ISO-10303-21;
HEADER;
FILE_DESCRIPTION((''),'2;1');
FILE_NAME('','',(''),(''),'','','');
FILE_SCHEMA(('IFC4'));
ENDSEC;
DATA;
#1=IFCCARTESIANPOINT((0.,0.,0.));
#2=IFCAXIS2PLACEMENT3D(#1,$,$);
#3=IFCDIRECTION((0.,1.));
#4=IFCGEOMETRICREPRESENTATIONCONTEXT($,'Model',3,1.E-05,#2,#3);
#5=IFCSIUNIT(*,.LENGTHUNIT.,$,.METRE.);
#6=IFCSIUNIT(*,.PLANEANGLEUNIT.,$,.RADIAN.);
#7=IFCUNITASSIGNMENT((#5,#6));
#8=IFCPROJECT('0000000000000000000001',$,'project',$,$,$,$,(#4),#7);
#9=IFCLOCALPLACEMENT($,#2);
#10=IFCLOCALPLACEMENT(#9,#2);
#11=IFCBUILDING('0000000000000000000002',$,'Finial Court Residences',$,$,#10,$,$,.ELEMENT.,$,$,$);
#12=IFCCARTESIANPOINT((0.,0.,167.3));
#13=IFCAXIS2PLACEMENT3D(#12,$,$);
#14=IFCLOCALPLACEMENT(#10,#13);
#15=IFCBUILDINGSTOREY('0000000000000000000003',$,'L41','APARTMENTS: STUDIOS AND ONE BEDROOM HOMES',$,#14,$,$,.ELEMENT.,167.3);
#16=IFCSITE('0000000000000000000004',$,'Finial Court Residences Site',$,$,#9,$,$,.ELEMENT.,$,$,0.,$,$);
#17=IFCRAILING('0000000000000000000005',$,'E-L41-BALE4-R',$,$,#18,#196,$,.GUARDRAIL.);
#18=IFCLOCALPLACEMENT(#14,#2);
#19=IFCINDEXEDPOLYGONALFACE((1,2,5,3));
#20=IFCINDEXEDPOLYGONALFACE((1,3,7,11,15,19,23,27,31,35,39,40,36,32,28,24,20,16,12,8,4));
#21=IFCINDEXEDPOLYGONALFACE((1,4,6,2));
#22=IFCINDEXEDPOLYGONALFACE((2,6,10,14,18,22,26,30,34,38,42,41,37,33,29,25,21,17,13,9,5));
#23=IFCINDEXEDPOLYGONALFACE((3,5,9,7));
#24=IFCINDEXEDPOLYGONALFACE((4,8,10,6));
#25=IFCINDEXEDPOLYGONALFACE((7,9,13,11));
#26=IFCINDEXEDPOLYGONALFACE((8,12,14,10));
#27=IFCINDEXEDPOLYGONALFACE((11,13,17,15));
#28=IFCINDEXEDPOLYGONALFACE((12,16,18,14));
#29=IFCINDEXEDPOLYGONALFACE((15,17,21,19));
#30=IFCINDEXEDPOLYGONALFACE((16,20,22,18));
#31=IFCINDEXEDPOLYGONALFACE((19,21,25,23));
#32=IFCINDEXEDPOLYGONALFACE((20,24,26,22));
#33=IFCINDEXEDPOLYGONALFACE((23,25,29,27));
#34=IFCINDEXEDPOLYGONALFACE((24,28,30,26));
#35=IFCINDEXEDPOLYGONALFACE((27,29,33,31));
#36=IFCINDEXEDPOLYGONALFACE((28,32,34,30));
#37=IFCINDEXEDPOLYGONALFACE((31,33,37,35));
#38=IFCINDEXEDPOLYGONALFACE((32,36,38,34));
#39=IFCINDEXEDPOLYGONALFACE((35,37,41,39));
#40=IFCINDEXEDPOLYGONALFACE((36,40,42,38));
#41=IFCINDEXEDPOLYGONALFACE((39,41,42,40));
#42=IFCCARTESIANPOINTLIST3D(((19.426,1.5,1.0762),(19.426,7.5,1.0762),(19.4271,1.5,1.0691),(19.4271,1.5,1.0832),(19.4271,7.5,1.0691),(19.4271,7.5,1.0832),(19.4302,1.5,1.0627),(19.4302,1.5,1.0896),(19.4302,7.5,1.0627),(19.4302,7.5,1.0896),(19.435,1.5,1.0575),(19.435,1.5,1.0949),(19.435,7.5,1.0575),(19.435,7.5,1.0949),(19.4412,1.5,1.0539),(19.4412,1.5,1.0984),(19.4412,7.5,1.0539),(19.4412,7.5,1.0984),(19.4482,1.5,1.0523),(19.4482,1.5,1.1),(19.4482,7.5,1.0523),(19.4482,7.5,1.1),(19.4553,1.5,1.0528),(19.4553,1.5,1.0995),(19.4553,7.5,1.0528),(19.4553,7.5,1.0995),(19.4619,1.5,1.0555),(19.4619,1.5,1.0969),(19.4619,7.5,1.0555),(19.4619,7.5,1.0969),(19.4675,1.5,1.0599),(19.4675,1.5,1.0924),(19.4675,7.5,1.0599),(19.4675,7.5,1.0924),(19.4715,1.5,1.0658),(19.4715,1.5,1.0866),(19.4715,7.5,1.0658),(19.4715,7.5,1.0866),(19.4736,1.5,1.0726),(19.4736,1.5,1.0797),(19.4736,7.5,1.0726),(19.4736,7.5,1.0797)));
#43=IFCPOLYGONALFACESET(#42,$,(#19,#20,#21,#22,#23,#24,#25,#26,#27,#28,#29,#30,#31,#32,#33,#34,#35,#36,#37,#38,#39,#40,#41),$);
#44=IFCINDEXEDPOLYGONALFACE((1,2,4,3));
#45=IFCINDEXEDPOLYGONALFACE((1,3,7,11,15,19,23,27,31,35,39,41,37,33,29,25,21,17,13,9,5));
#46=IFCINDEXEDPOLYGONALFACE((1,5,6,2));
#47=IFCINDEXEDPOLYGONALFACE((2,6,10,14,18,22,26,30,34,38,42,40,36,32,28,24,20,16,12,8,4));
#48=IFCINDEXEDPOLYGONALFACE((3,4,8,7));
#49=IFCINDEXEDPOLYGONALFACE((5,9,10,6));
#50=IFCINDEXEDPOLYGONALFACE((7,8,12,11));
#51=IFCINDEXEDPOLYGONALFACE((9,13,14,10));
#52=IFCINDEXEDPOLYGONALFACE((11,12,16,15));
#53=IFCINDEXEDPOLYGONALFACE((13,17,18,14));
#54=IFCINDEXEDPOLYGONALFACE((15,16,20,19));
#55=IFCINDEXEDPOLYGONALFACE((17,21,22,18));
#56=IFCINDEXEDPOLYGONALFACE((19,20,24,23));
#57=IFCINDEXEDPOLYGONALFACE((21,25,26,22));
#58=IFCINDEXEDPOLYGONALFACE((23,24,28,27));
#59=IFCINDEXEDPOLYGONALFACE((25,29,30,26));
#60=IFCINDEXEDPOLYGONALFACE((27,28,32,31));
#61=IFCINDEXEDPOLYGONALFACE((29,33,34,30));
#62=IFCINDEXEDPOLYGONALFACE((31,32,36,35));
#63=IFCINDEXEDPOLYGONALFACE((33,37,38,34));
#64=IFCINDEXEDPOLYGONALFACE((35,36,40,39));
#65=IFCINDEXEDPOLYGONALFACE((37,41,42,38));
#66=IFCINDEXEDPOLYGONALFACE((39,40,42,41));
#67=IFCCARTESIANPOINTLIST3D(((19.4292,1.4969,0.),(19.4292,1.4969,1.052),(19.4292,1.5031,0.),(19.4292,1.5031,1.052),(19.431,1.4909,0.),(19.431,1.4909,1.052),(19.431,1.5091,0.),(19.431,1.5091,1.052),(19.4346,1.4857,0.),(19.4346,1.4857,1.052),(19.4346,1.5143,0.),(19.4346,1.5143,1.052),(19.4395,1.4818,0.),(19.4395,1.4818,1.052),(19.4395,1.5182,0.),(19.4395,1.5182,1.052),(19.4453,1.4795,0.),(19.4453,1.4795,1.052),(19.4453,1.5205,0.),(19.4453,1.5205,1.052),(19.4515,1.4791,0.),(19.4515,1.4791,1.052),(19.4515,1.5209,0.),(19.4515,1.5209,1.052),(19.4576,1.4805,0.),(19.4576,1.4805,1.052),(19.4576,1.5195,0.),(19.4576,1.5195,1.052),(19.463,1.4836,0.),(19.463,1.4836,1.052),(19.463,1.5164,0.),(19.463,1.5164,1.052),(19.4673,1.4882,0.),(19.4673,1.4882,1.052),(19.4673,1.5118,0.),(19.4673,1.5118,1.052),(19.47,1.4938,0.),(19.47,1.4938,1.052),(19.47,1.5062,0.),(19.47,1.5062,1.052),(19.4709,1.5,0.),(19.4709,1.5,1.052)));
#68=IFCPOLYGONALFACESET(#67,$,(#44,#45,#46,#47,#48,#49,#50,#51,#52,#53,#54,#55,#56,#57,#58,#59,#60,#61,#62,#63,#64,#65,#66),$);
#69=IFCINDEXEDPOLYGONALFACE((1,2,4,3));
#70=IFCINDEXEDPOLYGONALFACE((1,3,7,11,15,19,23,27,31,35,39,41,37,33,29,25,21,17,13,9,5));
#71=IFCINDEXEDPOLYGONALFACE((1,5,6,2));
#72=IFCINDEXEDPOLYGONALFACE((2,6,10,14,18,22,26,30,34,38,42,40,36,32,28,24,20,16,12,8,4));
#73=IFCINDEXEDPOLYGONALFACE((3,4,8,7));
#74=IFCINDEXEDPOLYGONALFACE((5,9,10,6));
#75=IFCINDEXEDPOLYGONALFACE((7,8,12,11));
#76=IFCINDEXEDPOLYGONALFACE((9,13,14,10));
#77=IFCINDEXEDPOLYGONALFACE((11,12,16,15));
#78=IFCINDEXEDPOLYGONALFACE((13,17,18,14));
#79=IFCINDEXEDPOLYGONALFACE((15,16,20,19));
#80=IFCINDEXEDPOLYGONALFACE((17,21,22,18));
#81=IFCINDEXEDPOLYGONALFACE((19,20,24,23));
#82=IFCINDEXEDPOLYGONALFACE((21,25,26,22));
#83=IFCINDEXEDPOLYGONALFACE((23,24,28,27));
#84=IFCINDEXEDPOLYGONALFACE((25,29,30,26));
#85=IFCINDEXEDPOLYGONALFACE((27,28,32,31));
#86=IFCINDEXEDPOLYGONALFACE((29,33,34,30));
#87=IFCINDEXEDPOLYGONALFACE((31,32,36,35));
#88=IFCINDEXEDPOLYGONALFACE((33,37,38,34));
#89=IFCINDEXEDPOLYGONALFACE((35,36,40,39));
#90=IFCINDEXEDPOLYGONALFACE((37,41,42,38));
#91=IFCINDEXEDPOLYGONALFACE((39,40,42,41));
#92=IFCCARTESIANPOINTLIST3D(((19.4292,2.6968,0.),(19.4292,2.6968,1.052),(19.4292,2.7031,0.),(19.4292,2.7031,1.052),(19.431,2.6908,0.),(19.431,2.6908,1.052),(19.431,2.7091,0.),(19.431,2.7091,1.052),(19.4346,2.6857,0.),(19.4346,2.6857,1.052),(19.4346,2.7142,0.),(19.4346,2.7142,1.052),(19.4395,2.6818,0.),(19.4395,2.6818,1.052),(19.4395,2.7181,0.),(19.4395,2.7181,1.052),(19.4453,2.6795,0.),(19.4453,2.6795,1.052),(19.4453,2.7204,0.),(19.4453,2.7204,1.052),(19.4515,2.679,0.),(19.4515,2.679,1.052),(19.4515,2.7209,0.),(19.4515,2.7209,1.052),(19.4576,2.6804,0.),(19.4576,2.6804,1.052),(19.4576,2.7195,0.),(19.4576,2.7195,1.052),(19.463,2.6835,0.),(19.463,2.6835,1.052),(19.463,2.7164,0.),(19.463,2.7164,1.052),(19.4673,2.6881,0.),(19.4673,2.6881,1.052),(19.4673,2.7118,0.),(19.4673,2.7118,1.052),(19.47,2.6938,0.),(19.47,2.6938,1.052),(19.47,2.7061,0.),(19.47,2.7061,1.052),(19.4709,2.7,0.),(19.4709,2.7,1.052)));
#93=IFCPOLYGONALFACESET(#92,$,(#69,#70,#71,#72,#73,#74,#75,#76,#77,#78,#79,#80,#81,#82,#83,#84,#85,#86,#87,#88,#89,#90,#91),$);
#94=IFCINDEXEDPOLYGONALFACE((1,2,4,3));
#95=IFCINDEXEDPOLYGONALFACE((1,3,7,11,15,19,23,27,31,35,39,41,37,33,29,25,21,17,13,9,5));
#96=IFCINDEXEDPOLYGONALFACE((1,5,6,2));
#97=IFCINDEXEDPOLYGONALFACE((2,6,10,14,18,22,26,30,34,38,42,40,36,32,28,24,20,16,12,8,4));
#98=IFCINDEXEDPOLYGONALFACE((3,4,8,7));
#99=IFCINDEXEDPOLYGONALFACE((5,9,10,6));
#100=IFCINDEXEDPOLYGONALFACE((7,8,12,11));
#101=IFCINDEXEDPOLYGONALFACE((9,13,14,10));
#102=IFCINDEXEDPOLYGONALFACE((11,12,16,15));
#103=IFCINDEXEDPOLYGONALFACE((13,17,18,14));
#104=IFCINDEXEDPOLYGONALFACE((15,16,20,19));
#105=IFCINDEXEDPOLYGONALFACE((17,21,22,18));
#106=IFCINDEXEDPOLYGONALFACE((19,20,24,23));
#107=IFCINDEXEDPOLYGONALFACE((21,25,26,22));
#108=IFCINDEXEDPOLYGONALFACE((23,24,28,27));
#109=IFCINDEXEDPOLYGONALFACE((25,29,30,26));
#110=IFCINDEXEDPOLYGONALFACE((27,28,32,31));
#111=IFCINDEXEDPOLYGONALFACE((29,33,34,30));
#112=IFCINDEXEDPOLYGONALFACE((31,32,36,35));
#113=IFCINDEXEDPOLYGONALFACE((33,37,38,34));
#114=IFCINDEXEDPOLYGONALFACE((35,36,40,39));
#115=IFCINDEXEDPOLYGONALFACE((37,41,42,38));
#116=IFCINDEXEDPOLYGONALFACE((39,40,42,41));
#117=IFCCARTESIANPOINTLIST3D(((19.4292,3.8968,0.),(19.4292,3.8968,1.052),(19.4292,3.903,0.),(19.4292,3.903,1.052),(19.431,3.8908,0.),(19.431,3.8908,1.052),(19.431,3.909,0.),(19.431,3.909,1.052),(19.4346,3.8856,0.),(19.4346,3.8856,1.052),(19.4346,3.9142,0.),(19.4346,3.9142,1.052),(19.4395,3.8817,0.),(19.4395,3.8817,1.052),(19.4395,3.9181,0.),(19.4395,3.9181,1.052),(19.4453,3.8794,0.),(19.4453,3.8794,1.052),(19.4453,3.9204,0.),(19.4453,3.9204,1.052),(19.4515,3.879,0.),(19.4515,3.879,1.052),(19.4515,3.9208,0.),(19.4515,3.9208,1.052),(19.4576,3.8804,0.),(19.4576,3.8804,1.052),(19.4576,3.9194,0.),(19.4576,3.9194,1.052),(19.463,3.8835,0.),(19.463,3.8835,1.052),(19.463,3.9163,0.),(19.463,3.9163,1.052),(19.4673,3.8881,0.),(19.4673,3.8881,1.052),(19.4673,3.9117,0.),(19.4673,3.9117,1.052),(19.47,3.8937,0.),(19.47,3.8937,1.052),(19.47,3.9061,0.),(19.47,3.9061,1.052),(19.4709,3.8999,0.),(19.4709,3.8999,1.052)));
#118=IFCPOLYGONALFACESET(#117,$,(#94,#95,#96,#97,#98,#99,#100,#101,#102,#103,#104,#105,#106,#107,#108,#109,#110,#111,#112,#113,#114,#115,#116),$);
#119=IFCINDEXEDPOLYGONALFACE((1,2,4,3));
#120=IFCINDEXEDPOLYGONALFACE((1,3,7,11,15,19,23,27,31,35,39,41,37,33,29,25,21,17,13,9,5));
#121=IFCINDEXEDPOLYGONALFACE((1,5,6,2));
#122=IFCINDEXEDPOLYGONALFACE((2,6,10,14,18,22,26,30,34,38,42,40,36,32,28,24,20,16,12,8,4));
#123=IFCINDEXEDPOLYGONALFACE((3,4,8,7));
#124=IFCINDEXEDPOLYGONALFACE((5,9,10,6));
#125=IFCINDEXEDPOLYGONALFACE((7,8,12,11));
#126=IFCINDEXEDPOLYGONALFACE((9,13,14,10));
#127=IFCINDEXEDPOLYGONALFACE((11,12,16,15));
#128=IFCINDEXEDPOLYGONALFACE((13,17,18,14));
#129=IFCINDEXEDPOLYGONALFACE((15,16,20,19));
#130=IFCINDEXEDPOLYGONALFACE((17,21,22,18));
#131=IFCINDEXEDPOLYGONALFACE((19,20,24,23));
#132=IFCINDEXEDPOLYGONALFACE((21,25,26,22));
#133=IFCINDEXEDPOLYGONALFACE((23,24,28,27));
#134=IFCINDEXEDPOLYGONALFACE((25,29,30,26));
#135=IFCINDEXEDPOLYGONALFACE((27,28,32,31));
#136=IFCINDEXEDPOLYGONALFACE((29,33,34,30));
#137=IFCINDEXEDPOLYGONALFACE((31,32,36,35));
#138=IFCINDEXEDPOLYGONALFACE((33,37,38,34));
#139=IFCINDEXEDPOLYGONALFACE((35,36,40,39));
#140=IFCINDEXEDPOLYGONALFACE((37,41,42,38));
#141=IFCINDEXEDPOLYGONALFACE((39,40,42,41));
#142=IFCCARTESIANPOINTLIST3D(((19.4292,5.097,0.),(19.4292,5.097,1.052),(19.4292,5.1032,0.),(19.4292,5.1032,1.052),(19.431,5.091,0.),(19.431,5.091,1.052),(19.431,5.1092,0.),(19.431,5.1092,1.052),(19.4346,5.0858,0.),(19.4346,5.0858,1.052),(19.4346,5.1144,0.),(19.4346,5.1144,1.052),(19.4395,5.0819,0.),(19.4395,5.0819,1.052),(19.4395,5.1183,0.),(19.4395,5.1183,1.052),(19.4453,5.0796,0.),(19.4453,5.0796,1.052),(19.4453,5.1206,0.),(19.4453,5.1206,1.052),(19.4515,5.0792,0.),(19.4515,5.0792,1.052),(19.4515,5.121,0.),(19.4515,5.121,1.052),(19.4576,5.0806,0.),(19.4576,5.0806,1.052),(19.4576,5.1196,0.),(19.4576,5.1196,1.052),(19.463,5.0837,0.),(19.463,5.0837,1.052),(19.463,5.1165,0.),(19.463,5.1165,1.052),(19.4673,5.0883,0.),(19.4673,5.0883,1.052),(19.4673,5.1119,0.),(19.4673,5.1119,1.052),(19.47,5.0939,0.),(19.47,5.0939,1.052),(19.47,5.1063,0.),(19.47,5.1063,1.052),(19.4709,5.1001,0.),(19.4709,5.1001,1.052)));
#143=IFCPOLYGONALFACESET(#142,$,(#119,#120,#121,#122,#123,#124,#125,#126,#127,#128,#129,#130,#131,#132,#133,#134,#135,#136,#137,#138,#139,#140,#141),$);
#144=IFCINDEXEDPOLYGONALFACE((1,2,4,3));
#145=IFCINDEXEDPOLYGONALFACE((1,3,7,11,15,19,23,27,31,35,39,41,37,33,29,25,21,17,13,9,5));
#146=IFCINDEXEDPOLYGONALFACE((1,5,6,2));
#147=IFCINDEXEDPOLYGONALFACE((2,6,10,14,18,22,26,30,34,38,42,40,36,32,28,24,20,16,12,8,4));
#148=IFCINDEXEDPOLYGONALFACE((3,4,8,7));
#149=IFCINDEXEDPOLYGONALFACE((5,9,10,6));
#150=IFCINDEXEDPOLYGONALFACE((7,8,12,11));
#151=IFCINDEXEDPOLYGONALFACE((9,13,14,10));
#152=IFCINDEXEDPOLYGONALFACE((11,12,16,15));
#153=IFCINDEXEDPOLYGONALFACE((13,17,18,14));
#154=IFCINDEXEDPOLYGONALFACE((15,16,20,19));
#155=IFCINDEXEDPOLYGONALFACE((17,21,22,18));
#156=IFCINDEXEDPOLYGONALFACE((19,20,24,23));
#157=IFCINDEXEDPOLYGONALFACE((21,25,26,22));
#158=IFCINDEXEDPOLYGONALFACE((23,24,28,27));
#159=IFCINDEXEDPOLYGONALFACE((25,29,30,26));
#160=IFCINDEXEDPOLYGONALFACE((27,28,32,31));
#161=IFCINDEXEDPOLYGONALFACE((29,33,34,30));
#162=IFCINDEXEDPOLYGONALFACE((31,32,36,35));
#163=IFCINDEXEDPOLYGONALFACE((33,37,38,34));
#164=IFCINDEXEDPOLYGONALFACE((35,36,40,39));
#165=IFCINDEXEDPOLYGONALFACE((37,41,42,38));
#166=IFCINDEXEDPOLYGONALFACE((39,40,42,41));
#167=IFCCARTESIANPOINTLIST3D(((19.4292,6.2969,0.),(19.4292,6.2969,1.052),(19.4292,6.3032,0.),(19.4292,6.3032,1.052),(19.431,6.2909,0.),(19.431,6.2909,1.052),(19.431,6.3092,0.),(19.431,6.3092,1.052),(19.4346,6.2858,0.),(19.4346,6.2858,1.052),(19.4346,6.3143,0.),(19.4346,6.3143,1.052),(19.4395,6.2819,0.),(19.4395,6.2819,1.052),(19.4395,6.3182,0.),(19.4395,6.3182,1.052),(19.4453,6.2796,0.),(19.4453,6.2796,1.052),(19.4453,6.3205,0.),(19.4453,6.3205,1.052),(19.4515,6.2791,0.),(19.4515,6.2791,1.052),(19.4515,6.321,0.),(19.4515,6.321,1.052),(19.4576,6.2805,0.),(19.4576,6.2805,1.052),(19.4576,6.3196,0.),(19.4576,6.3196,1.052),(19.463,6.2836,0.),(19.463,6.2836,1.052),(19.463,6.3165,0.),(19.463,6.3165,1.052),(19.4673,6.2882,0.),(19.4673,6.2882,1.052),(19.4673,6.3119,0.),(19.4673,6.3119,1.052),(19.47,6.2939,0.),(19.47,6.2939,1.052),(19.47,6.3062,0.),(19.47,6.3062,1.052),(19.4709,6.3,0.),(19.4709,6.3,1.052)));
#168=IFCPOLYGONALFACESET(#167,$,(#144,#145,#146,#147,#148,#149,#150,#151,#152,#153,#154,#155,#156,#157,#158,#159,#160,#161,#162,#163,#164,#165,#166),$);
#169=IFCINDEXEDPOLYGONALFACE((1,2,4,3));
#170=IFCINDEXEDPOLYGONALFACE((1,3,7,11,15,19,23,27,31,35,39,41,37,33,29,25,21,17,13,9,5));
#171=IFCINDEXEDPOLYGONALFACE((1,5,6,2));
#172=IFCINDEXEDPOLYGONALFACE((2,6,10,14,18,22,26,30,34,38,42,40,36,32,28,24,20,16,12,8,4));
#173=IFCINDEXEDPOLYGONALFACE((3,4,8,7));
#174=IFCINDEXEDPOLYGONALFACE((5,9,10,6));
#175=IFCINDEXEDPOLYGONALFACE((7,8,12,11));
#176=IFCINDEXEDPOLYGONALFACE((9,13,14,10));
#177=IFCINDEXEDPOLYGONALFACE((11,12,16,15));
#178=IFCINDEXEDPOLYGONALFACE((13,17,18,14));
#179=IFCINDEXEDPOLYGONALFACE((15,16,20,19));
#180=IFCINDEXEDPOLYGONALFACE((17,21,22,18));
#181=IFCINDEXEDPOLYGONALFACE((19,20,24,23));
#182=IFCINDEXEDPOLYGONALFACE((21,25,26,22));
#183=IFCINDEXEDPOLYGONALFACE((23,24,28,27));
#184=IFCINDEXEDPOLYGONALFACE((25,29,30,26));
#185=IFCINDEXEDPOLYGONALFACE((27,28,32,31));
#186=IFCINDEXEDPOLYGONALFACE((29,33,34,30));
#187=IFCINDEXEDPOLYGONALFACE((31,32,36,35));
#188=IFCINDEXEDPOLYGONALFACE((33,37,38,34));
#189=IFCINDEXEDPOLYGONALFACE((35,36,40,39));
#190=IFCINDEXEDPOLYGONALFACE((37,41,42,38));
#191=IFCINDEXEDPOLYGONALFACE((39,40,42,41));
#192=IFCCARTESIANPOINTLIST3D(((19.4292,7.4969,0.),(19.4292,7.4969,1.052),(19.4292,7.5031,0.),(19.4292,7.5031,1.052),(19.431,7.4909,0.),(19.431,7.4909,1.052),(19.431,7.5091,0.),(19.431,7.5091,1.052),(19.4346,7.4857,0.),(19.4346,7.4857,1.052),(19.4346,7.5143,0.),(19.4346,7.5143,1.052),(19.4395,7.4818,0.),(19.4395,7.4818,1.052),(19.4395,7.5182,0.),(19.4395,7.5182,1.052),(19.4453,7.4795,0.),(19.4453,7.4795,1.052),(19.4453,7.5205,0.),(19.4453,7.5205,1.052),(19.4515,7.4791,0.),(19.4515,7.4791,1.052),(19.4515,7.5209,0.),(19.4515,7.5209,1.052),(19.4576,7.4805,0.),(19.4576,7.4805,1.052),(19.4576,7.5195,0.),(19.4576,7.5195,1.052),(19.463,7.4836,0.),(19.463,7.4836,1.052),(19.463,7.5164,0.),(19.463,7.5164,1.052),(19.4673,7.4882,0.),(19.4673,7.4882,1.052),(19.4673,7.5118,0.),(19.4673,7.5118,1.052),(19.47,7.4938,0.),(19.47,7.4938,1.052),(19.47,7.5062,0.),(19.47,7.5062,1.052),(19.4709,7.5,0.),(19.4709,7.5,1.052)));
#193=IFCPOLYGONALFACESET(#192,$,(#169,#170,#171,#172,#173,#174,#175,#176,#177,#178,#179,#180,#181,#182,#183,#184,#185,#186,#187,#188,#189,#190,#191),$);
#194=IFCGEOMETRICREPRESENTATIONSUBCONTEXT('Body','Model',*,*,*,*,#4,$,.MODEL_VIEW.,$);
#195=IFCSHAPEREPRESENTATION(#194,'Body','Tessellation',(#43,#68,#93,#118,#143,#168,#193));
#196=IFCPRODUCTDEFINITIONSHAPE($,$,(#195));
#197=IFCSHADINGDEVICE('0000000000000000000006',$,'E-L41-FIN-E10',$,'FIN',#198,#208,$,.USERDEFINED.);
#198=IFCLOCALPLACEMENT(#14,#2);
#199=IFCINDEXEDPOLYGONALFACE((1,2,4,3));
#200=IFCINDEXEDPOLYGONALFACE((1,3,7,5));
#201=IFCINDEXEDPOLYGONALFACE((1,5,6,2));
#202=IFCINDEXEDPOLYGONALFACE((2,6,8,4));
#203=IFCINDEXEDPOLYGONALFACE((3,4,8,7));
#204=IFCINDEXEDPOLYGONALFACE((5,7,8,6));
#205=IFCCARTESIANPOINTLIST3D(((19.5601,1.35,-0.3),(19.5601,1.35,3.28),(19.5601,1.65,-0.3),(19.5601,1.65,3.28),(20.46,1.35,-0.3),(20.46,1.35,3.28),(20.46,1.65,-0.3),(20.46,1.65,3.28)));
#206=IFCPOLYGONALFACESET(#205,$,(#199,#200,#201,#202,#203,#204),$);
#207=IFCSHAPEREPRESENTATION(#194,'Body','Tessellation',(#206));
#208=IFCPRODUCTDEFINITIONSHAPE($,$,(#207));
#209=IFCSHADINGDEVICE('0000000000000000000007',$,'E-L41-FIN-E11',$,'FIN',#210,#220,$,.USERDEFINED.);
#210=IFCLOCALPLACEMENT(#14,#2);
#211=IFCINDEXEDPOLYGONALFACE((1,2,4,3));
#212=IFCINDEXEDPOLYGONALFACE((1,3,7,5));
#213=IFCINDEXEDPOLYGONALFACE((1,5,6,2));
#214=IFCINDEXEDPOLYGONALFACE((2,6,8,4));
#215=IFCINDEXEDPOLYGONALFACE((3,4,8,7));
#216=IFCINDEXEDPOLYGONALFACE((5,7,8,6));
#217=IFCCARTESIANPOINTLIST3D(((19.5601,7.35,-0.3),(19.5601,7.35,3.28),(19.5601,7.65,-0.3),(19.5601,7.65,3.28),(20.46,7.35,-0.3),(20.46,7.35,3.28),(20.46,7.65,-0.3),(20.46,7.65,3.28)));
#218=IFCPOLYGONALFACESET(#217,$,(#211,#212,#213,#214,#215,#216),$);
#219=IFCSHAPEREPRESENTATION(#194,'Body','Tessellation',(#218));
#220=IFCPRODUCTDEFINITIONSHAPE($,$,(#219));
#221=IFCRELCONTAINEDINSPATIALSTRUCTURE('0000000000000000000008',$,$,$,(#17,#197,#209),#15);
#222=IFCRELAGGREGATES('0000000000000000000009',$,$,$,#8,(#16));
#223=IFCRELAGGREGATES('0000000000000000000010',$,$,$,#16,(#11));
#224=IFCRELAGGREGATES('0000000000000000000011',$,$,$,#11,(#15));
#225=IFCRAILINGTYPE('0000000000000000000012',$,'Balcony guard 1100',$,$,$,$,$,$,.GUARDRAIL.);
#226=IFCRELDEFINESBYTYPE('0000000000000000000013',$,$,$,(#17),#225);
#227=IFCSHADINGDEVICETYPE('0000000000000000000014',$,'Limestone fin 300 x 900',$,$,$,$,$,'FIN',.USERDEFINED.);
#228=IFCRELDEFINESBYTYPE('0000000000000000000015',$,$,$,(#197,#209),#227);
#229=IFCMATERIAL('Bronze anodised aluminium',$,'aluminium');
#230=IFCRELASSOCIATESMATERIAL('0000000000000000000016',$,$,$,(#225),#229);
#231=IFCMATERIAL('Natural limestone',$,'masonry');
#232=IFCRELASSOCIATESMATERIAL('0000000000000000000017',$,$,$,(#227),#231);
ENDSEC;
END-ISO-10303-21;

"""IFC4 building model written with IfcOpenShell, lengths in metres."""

from ifc_helpers import new_model, si_unit, direction, frame, origin, origin_2d, place, context, subcontext, project, spatial, rectangle, circle, extrude, material, type_object, element, save


model = new_model("IFC4")

# Units and contexts
model_context = context("Model", 3, precision=1e-05, world=origin(), true_north=direction((0.0, 1.0)))
body_context = subcontext(model_context, "Body", "Model", "MODEL_VIEW")
ifc_project = project(units=[si_unit("LENGTHUNIT", "METRE"), si_unit("PLANEANGLEUNIT", "RADIAN")], contexts=[model_context])

# Site, building, storey
site_placement = place(None, origin())
site = spatial("IfcSite", under=ifc_project, at=site_placement, Name="Finial Court Residences Site", CompositionType="ELEMENT", RefElevation=0.0)
building_placement = place(site_placement, origin())
building = spatial("IfcBuilding", under=site, at=building_placement, Name="Finial Court Residences", CompositionType="ELEMENT")
storey_placement = place(building_placement, frame((0.0, 0.0, 167.3)))
storey = spatial("IfcBuildingStorey", under=building, at=storey_placement, Name="L41", Description="APARTMENTS: STUDIOS AND ONE BEDROOM HOMES", CompositionType="ELEMENT", Elevation=167.3)

# Shared definitions
ifc_material_1 = material(Name="Bronze anodised aluminium", Category="aluminium")

# Shared definitions
ifc_material_2 = material(Name="Natural limestone", Category="masonry")

# Railing
railing_type = type_object("IfcRailingType", Name="Balcony guard 1100", PredefinedType="GUARDRAIL", material=ifc_material_1)
railing_placement = place(storey_placement, frame((19.45, 1.5, 0.0)))
element("IfcRailing", 1, at=railing_placement, inside=storey, type_object=railing_type, Name="E-L41-BALE4-R", PredefinedType="GUARDRAIL", context=body_context, shape_type="SweptSolid", body=[
    extrude(circle(Radius=0.0239, at=origin_2d()), frame((0.0, 0.0, 1.0762), z_axis=(0.0, 1.0, 0.0), x_axis=(-1.0, 0.0, 0.0)), (0.0, 0.0, 1.0), 6.0),
    extrude(circle(Radius=0.021, at=origin_2d()), origin(), (0.0, 0.0, 1.0), 1.052),
    extrude(circle(Radius=0.021, at=origin_2d()), frame((0.0, 1.2, 0.0)), (0.0, 0.0, 1.0), 1.052),
    extrude(circle(Radius=0.021, at=origin_2d()), frame((0.0, 2.3999, 0.0)), (0.0, 0.0, 1.0), 1.052),
    extrude(circle(Radius=0.021, at=origin_2d()), frame((0.0, 3.6001, 0.0)), (0.0, 0.0, 1.0), 1.052),
    extrude(circle(Radius=0.021, at=origin_2d()), frame((0.0, 4.8, 0.0)), (0.0, 0.0, 1.0), 1.052),
    extrude(circle(Radius=0.021, at=origin_2d()), frame((0.0, 6.0, 0.0)), (0.0, 0.0, 1.0), 1.052),
])

# Shading devices
shading_device_type = type_object("IfcShadingDeviceType", Name="Limestone fin 300 x 900", ElementType="FIN", PredefinedType="USERDEFINED", material=ifc_material_2)
for number, where, z_axis, x_axis, name in (
    (2, (20.01, 1.5, -0.3), (0.0, 0.0, 1.0), (1.0, 0.0, 0.0), "E-L41-FIN-E10"),
    (3, (20.01, 7.5, -0.3), (0.0, 0.0, 1.0), (1.0, 0.0, 0.0), "E-L41-FIN-E11"),
):
    element("IfcShadingDevice", number, at=place(storey_placement, frame(where, z_axis=z_axis, x_axis=x_axis)), inside=storey, type_object=shading_device_type, Name=name, ObjectType="FIN", PredefinedType="USERDEFINED", context=body_context, shape_type="SweptSolid", body=[
        extrude(rectangle(XDim=0.8999, YDim=0.3, at=origin_2d()), origin(), (0.0, 0.0, 1.0), 3.5801),
    ])

save(model, "model.ifc")
